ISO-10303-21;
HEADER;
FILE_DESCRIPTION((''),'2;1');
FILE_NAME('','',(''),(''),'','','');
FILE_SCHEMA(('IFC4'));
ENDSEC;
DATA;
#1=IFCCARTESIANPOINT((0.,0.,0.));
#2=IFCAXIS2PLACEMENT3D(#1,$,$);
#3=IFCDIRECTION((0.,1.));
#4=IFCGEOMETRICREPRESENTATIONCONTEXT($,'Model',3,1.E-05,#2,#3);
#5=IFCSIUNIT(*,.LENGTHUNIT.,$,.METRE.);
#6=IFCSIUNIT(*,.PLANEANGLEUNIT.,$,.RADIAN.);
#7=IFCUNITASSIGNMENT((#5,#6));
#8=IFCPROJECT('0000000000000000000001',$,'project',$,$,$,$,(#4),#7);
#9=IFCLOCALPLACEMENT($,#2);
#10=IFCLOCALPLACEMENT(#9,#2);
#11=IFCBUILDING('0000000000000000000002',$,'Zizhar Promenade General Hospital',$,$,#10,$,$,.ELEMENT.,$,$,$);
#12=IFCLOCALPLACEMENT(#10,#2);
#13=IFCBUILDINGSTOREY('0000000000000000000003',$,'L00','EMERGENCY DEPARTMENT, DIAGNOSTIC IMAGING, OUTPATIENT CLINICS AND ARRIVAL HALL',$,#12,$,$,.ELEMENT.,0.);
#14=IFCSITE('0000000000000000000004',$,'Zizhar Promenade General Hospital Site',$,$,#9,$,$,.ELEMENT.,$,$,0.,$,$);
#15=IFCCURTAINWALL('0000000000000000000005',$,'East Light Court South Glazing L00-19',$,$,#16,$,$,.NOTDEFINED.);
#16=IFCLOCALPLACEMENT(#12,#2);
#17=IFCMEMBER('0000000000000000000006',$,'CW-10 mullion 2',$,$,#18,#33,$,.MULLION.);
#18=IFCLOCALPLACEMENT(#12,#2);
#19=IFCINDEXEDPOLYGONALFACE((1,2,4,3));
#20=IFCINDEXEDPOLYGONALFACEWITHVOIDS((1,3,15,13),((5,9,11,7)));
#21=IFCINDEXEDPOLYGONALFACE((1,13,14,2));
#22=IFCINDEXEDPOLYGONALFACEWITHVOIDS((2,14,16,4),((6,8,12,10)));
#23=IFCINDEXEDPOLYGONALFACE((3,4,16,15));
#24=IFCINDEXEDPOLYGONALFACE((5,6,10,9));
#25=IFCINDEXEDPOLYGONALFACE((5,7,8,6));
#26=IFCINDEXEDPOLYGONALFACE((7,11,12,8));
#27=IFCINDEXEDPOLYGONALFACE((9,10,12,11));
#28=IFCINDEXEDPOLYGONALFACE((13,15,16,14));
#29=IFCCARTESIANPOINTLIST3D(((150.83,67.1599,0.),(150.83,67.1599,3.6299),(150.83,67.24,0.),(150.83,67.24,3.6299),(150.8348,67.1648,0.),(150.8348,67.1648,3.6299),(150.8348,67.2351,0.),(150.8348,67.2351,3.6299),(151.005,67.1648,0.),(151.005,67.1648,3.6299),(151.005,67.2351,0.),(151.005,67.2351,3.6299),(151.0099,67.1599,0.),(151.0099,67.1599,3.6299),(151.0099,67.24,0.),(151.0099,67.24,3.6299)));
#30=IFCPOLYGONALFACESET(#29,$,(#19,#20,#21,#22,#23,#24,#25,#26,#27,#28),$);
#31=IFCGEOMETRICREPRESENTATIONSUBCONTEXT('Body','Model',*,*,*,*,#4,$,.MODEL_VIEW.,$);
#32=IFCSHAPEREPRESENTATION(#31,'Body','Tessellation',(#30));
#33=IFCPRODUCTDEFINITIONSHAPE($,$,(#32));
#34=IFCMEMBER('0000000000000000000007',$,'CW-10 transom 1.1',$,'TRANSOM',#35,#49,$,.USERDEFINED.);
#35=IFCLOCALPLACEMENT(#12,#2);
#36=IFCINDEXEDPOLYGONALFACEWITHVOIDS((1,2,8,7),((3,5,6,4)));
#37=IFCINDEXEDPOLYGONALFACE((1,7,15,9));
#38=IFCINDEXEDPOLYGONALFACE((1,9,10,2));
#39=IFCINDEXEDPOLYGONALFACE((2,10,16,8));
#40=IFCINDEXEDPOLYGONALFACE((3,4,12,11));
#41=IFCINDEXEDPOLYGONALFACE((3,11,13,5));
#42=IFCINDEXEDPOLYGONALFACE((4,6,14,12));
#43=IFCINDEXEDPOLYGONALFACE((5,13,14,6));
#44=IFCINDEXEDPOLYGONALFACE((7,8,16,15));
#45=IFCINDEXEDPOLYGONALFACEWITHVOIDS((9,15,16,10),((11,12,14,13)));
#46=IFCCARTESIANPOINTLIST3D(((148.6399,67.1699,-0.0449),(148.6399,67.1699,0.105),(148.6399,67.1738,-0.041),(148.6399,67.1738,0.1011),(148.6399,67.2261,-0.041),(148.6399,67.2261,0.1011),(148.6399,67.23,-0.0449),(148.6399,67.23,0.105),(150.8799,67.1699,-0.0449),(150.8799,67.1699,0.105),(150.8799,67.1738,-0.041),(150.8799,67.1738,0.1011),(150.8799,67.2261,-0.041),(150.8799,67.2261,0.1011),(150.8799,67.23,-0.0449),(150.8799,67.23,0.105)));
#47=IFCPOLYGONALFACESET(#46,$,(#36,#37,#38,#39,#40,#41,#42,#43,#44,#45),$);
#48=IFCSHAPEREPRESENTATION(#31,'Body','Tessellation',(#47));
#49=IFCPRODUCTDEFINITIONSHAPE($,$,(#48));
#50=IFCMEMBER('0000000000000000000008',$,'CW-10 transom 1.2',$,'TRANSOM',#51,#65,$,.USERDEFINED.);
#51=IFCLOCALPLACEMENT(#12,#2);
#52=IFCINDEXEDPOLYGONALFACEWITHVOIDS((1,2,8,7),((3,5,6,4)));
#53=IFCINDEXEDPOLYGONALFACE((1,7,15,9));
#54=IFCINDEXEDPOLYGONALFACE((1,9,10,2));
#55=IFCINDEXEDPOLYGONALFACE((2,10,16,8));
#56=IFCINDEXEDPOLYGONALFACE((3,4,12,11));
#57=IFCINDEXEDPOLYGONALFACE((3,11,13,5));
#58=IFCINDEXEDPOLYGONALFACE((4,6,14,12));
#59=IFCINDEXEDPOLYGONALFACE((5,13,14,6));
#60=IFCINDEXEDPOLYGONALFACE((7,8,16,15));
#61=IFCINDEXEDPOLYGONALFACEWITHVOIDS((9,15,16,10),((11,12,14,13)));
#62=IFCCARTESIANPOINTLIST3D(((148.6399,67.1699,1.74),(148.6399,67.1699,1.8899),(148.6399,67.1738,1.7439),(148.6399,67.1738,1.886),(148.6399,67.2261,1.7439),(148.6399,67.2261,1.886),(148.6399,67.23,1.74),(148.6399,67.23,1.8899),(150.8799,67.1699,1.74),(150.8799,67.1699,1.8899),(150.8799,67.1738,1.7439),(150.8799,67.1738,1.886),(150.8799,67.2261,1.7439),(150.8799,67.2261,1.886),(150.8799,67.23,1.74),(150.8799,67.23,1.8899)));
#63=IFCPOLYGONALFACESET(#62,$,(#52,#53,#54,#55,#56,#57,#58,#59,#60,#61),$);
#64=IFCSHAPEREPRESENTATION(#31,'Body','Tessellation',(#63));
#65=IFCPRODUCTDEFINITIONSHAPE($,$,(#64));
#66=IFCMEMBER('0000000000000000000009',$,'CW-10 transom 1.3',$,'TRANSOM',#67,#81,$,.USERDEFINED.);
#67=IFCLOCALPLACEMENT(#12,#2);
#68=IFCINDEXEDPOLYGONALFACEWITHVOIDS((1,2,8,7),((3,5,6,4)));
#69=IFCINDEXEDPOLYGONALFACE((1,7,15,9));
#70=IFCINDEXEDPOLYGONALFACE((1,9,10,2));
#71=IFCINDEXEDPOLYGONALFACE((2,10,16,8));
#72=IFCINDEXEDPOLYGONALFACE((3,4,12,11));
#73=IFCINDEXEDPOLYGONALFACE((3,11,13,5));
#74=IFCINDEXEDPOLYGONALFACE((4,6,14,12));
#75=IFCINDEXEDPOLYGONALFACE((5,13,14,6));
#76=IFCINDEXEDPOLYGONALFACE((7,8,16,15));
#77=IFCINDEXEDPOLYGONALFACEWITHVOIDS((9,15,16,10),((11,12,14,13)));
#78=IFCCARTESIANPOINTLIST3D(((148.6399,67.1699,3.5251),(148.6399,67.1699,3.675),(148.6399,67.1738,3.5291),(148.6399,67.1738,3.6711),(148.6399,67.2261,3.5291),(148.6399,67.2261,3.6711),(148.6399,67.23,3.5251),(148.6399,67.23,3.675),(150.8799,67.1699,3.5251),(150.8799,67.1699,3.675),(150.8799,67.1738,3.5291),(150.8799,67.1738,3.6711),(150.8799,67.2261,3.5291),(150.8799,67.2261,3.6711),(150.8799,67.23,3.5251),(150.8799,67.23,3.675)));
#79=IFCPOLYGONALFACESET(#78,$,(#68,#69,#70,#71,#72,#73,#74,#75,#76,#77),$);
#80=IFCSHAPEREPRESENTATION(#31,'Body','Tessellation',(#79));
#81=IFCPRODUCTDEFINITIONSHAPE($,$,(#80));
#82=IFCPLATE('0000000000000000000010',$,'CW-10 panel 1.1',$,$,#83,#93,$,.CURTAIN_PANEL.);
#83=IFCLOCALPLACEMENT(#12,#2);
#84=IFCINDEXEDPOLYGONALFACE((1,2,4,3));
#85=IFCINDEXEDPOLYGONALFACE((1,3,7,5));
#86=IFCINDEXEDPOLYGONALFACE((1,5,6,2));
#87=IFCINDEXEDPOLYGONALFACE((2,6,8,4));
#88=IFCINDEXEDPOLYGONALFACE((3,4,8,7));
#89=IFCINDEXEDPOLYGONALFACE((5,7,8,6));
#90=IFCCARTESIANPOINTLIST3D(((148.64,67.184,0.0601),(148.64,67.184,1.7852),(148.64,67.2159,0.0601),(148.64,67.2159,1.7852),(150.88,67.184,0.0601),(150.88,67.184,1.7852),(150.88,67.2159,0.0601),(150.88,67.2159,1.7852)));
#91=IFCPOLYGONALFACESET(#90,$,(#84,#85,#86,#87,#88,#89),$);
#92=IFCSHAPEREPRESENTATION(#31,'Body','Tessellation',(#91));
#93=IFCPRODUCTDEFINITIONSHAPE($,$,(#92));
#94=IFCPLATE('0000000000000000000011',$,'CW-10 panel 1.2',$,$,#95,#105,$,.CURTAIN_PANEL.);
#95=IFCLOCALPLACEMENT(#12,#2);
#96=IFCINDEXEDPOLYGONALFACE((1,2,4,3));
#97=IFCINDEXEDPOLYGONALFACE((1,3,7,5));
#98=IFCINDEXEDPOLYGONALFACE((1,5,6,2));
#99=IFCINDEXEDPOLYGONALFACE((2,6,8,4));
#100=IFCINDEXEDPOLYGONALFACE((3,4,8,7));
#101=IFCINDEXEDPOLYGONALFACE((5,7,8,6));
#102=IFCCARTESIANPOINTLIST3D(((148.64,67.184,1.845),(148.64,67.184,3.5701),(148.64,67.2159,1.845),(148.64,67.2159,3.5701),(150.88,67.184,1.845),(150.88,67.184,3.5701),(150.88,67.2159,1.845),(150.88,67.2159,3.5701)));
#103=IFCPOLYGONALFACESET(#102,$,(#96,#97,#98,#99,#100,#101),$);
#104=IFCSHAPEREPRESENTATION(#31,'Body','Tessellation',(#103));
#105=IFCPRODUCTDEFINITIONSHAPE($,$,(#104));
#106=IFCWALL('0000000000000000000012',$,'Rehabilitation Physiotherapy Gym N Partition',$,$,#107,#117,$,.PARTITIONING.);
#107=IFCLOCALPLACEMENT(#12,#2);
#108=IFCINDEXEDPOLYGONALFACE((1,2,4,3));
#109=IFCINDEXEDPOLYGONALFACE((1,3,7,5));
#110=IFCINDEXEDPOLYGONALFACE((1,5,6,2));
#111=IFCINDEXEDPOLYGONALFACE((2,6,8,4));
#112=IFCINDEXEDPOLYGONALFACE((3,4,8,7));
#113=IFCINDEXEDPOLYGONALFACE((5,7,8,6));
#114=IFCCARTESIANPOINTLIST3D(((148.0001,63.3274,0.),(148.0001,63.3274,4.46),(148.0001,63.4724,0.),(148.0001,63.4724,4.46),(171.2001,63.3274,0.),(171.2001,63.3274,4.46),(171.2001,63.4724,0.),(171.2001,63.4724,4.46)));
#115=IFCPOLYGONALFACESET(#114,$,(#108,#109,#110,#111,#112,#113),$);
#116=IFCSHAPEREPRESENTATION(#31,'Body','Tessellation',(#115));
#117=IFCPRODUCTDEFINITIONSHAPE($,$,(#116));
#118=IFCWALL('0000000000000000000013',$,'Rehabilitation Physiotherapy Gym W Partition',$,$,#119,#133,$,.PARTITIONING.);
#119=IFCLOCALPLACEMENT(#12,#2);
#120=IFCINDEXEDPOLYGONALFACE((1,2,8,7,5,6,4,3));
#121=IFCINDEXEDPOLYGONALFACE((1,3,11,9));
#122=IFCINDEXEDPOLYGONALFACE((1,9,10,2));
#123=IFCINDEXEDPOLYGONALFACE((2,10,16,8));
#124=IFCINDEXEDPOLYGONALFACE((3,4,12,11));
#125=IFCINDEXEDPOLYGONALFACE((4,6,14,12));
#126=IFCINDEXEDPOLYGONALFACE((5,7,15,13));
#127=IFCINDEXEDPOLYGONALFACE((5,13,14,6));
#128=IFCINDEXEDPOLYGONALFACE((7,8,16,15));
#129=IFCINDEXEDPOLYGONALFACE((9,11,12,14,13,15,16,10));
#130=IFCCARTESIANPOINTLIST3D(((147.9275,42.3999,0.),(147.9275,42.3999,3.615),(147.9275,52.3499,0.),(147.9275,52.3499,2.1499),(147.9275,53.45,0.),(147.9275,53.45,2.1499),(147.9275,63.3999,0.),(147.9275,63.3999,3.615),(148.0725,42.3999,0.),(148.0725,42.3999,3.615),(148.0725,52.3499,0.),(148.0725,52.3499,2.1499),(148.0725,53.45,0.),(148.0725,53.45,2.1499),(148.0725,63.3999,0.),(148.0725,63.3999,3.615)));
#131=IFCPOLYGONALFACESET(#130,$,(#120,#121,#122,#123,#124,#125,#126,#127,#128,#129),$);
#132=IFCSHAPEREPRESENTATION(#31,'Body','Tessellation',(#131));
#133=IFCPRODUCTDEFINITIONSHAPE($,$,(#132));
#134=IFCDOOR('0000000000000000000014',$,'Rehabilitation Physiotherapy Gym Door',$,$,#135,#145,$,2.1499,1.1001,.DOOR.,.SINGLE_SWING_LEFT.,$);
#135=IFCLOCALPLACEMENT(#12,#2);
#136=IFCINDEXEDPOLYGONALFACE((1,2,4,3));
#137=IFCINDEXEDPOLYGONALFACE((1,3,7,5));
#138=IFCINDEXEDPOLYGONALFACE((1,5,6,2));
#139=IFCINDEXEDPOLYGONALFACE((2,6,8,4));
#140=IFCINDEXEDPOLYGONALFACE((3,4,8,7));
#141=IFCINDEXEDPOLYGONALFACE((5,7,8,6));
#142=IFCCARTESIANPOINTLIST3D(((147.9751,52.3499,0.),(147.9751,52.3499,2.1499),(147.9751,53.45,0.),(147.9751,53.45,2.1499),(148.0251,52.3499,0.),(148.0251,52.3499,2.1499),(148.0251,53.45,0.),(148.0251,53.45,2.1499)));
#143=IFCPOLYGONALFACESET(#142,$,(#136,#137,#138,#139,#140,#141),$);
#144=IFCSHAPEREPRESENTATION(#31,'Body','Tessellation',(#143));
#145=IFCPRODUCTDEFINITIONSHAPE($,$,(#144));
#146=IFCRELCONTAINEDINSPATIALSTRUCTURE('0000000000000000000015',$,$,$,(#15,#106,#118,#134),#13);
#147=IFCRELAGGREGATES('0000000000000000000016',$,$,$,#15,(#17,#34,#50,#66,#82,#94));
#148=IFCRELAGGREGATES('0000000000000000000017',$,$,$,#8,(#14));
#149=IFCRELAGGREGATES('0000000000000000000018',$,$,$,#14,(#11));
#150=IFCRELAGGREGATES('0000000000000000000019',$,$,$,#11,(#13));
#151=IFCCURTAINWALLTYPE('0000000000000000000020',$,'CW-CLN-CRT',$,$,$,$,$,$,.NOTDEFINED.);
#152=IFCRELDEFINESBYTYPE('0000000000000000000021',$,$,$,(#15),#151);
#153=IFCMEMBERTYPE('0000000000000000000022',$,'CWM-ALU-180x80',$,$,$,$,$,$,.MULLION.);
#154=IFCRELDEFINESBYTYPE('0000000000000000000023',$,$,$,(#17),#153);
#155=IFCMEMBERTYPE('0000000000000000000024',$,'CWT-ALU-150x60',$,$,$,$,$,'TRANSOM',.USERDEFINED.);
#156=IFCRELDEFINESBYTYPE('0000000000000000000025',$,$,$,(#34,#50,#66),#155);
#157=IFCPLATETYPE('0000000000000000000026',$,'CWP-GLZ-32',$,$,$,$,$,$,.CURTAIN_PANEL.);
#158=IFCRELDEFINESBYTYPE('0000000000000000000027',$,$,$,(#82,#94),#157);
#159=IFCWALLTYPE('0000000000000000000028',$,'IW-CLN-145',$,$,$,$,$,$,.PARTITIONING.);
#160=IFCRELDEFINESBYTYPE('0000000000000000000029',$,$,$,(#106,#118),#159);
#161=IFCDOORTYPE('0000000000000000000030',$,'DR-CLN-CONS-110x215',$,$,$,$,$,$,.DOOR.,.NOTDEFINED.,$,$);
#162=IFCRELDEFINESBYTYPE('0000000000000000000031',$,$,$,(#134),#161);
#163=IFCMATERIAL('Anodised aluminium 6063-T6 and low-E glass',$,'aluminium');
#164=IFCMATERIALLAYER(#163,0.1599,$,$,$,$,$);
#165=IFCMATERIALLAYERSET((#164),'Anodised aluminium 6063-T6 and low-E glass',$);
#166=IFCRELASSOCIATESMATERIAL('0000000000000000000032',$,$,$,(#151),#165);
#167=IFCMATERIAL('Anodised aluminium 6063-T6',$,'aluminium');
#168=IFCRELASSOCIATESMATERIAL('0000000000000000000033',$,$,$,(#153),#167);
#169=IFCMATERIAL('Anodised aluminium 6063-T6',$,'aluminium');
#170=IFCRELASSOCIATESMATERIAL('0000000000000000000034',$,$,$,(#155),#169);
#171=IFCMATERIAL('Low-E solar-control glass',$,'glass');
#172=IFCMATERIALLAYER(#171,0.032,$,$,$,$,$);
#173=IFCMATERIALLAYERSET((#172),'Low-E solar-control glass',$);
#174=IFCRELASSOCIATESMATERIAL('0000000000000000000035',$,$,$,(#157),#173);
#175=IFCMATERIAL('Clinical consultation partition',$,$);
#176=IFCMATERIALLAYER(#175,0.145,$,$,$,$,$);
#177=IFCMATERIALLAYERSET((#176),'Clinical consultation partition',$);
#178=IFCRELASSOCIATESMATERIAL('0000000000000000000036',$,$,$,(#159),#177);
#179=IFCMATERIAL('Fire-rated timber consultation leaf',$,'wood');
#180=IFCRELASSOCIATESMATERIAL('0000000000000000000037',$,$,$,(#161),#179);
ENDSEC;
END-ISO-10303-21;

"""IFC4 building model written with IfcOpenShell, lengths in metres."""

from ifc_helpers import new_model, si_unit, direction, frame, frame_2d, origin, origin_2d, place, context, subcontext, project, spatial, rectangle, hollow_rectangle, extrude, material, layer, layer_set, material_profile, profile_set, type_object, element, fill, aggregate, save


model = new_model("IFC4")

# Units and contexts
model_context = context("Model", 3, precision=1e-05, world=origin(), true_north=direction((0.0, 1.0)))
body_context = subcontext(model_context, "Body", "Model", "MODEL_VIEW")
ifc_project = project(units=[si_unit("LENGTHUNIT", "METRE"), si_unit("PLANEANGLEUNIT", "RADIAN")], contexts=[model_context])

# Site, building, storey
site_placement = place(None, origin())
site = spatial("IfcSite", under=ifc_project, at=site_placement, Name="Zizhar Promenade General Hospital Site", CompositionType="ELEMENT", RefElevation=0.0)
building_placement = place(site_placement, origin())
building = spatial("IfcBuilding", under=site, at=building_placement, Name="Zizhar Promenade General Hospital", CompositionType="ELEMENT")
storey_placement = place(building_placement, origin())
storey = spatial("IfcBuildingStorey", under=building, at=storey_placement, Name="L00", Description="EMERGENCY DEPARTMENT, DIAGNOSTIC IMAGING, OUTPATIENT CLINICS AND ARRIVAL HALL", CompositionType="ELEMENT", Elevation=0.0)

# Curtain wall, members, plates
ifc_material_1 = material(Name="Anodised aluminium 6063-T6 and low-E glass", Category="aluminium")
ifc_layer_1 = layer(ifc_material_1, 0.1599)
ifc_layer_set_1 = layer_set([ifc_layer_1], Name="Anodised aluminium 6063-T6 and low-E glass")
curtain_wall_type = type_object("IfcCurtainWallType", Name="CW-CLN-CRT", PredefinedType="NOTDEFINED", material=ifc_layer_set_1)
curtain_wall_placement = place(storey_placement, origin())
curtain_wall = element("IfcCurtainWall", 1, at=curtain_wall_placement, inside=storey, type_object=curtain_wall_type, Name="East Light Court South Glazing L00-19", PredefinedType="NOTDEFINED")
ifc_material_2 = material(Name="Anodised aluminium 6063-T6", Category="aluminium")
ifc_material_profile_1 = material_profile(ifc_material_2, hollow_rectangle(XDim=0.0801, YDim=0.1799, WallThickness=0.0049, at=origin_2d()))
ifc_profile_set_1 = profile_set([ifc_material_profile_1], Name="Anodised aluminium 6063-T6")
member_type_1 = type_object("IfcMemberType", Name="CWM-ALU-180x80", PredefinedType="MULLION", material=ifc_profile_set_1)
member_1_placement = place(storey_placement, frame((150.9199, 67.2, 0.0), z_axis=(0.0, 0.0, 1.0), x_axis=(0.0, 1.0, 0.0)))
member_1 = element("IfcMember", 2, at=member_1_placement, type_object=member_type_1, Name="CW-10 mullion 2", PredefinedType="MULLION", context=body_context, shape_type="SweptSolid", body=[
    extrude(hollow_rectangle(XDim=0.0801, YDim=0.1799, WallThickness=0.0049, at=origin_2d()), origin(), (0.0, 0.0, 1.0), 3.6299),
])
ifc_material_3 = material(Name="Anodised aluminium 6063-T6", Category="aluminium")
ifc_material_profile_2 = material_profile(ifc_material_3, hollow_rectangle(XDim=0.0601, YDim=0.1499, WallThickness=0.0039, at=origin_2d()))
ifc_profile_set_2 = profile_set([ifc_material_profile_2], Name="Anodised aluminium 6063-T6")
member_type_2 = type_object("IfcMemberType", Name="CWT-ALU-150x60", ElementType="TRANSOM", PredefinedType="USERDEFINED", material=ifc_profile_set_2)
member_2_placement = place(storey_placement, frame((148.6399, 67.2, 0.03), z_axis=(1.0, 0.0, 0.0), x_axis=(0.0, 1.0, 0.0)))
member_2 = element("IfcMember", 3, at=member_2_placement, type_object=member_type_2, Name="CW-10 transom 1.1", ObjectType="TRANSOM", PredefinedType="USERDEFINED", context=body_context, shape_type="SweptSolid", body=[
    extrude(hollow_rectangle(XDim=0.0601, YDim=0.1499, WallThickness=0.0039, at=origin_2d()), origin(), (0.0, 0.0, 1.0), 2.24),
])
member_3_placement = place(storey_placement, frame((148.6399, 67.2, 1.8149), z_axis=(1.0, 0.0, 0.0), x_axis=(0.0, 1.0, 0.0)))
member_3 = element("IfcMember", 4, at=member_3_placement, type_object=member_type_2, Name="CW-10 transom 1.2", ObjectType="TRANSOM", PredefinedType="USERDEFINED", context=body_context, shape_type="SweptSolid", body=[
    extrude(hollow_rectangle(XDim=0.0601, YDim=0.1499, WallThickness=0.0039, at=origin_2d()), origin(), (0.0, 0.0, 1.0), 2.24),
])
member_4_placement = place(storey_placement, frame((148.6399, 67.2, 3.6001), z_axis=(1.0, 0.0, 0.0), x_axis=(0.0, 1.0, 0.0)))
member_4 = element("IfcMember", 5, at=member_4_placement, type_object=member_type_2, Name="CW-10 transom 1.3", ObjectType="TRANSOM", PredefinedType="USERDEFINED", context=body_context, shape_type="SweptSolid", body=[
    extrude(hollow_rectangle(XDim=0.0601, YDim=0.1499, WallThickness=0.0039, at=origin_2d()), origin(), (0.0, 0.0, 1.0), 2.24),
])
ifc_material_4 = material(Name="Low-E solar-control glass", Category="glass")
ifc_layer_2 = layer(ifc_material_4, 0.032)
ifc_layer_set_2 = layer_set([ifc_layer_2], Name="Low-E solar-control glass")
plate_type = type_object("IfcPlateType", Name="CWP-GLZ-32", PredefinedType="CURTAIN_PANEL", material=ifc_layer_set_2)
plate_1_placement = place(storey_placement, frame((149.76, 67.2, 0.0601), z_axis=(0.0, 0.0, 1.0), x_axis=(1.0, 0.0, 0.0)))
plate_1 = element("IfcPlate", 6, at=plate_1_placement, type_object=plate_type, Name="CW-10 panel 1.1", PredefinedType="CURTAIN_PANEL", context=body_context, shape_type="SweptSolid", body=[
    extrude(rectangle(XDim=2.24, YDim=0.032, at=origin_2d()), origin(), (0.0, 0.0, 1.0), 1.7251),
])
plate_2_placement = place(storey_placement, frame((149.76, 67.2, 1.845), z_axis=(0.0, 0.0, 1.0), x_axis=(1.0, 0.0, 0.0)))
plate_2 = element("IfcPlate", 7, at=plate_2_placement, type_object=plate_type, Name="CW-10 panel 1.2", PredefinedType="CURTAIN_PANEL", context=body_context, shape_type="SweptSolid", body=[
    extrude(rectangle(XDim=2.24, YDim=0.032, at=origin_2d()), origin(), (0.0, 0.0, 1.0), 1.7251),
])
aggregate(curtain_wall, [member_1, member_2, member_3, member_4, plate_1, plate_2])

# Wall
ifc_material_5 = material(Name="Clinical consultation partition")
ifc_layer_3 = layer(ifc_material_5, 0.145)
ifc_layer_set_3 = layer_set([ifc_layer_3], Name="Clinical consultation partition")
wall_type = type_object("IfcWallType", Name="IW-CLN-145", PredefinedType="PARTITIONING", material=ifc_layer_set_3)
wall_1_placement = place(storey_placement, frame((148.0, 63.3999, 0.0), z_axis=(0.0, 0.0, 1.0), x_axis=(1.0, 0.0, 0.0)))
element("IfcWall", 8, at=wall_1_placement, inside=storey, type_object=wall_type, Name="Rehabilitation Physiotherapy Gym N Partition", PredefinedType="PARTITIONING", context=body_context, shape_type="SweptSolid", body=[
    extrude(rectangle(XDim=23.2, YDim=0.145, at=frame_2d((11.6001, 0.0))), origin(), (0.0, 0.0, 1.0), 4.46),
])

# Wall, opening, door
wall_2_placement = place(storey_placement, frame((148.0, 42.3999, 0.0), z_axis=(0.0, 0.0, 1.0), x_axis=(0.0, 1.0, 0.0)))
wall_2 = element("IfcWall", 9, at=wall_2_placement, inside=storey, type_object=wall_type, Name="Rehabilitation Physiotherapy Gym W Partition", PredefinedType="PARTITIONING", context=body_context, shape_type="SweptSolid", body=[
    extrude(rectangle(XDim=21.0, YDim=0.145, at=frame_2d((10.5, 0.0))), origin(), (0.0, 0.0, 1.0), 3.615),
])
opening_placement = place(wall_2_placement, frame((9.95, 0.0, 0.0)))
opening = element("IfcOpeningElement", 10, at=opening_placement, cuts=wall_2, PredefinedType="OPENING", context=body_context, shape_type="SweptSolid", body=[
    extrude(rectangle(XDim=1.1001, YDim=2.1499, at=frame_2d((0.55, 1.075))), frame((0.0, 0.0825, 0.0), z_axis=(0.0, -1.0, 0.0), x_axis=(1.0, 0.0, 0.0)), (0.0, 0.0, 1.0), 0.165),
])
ifc_material_6 = material(Name="Fire-rated timber consultation leaf", Category="wood")
door_type = type_object("IfcDoorType", Name="DR-CLN-CONS-110x215", OperationType="NOTDEFINED", PredefinedType="DOOR", material=ifc_material_6)
door_placement = place(opening_placement, origin())
door = element("IfcDoor", 11, at=door_placement, inside=storey, type_object=door_type, Name="Rehabilitation Physiotherapy Gym Door", OperationType="SINGLE_SWING_LEFT", OverallHeight=2.1499, OverallWidth=1.1001, PredefinedType="DOOR", context=body_context, shape_type="SweptSolid", body=[
    extrude(rectangle(XDim=1.1001, YDim=2.1499, at=frame_2d((0.55, 1.075))), frame((0.0, 0.0249, 0.0), z_axis=(0.0, -1.0, 0.0), x_axis=(1.0, 0.0, 0.0)), (0.0, 0.0, 1.0), 0.05),
])
fill(opening, door)

save(model, "model.ifc")
